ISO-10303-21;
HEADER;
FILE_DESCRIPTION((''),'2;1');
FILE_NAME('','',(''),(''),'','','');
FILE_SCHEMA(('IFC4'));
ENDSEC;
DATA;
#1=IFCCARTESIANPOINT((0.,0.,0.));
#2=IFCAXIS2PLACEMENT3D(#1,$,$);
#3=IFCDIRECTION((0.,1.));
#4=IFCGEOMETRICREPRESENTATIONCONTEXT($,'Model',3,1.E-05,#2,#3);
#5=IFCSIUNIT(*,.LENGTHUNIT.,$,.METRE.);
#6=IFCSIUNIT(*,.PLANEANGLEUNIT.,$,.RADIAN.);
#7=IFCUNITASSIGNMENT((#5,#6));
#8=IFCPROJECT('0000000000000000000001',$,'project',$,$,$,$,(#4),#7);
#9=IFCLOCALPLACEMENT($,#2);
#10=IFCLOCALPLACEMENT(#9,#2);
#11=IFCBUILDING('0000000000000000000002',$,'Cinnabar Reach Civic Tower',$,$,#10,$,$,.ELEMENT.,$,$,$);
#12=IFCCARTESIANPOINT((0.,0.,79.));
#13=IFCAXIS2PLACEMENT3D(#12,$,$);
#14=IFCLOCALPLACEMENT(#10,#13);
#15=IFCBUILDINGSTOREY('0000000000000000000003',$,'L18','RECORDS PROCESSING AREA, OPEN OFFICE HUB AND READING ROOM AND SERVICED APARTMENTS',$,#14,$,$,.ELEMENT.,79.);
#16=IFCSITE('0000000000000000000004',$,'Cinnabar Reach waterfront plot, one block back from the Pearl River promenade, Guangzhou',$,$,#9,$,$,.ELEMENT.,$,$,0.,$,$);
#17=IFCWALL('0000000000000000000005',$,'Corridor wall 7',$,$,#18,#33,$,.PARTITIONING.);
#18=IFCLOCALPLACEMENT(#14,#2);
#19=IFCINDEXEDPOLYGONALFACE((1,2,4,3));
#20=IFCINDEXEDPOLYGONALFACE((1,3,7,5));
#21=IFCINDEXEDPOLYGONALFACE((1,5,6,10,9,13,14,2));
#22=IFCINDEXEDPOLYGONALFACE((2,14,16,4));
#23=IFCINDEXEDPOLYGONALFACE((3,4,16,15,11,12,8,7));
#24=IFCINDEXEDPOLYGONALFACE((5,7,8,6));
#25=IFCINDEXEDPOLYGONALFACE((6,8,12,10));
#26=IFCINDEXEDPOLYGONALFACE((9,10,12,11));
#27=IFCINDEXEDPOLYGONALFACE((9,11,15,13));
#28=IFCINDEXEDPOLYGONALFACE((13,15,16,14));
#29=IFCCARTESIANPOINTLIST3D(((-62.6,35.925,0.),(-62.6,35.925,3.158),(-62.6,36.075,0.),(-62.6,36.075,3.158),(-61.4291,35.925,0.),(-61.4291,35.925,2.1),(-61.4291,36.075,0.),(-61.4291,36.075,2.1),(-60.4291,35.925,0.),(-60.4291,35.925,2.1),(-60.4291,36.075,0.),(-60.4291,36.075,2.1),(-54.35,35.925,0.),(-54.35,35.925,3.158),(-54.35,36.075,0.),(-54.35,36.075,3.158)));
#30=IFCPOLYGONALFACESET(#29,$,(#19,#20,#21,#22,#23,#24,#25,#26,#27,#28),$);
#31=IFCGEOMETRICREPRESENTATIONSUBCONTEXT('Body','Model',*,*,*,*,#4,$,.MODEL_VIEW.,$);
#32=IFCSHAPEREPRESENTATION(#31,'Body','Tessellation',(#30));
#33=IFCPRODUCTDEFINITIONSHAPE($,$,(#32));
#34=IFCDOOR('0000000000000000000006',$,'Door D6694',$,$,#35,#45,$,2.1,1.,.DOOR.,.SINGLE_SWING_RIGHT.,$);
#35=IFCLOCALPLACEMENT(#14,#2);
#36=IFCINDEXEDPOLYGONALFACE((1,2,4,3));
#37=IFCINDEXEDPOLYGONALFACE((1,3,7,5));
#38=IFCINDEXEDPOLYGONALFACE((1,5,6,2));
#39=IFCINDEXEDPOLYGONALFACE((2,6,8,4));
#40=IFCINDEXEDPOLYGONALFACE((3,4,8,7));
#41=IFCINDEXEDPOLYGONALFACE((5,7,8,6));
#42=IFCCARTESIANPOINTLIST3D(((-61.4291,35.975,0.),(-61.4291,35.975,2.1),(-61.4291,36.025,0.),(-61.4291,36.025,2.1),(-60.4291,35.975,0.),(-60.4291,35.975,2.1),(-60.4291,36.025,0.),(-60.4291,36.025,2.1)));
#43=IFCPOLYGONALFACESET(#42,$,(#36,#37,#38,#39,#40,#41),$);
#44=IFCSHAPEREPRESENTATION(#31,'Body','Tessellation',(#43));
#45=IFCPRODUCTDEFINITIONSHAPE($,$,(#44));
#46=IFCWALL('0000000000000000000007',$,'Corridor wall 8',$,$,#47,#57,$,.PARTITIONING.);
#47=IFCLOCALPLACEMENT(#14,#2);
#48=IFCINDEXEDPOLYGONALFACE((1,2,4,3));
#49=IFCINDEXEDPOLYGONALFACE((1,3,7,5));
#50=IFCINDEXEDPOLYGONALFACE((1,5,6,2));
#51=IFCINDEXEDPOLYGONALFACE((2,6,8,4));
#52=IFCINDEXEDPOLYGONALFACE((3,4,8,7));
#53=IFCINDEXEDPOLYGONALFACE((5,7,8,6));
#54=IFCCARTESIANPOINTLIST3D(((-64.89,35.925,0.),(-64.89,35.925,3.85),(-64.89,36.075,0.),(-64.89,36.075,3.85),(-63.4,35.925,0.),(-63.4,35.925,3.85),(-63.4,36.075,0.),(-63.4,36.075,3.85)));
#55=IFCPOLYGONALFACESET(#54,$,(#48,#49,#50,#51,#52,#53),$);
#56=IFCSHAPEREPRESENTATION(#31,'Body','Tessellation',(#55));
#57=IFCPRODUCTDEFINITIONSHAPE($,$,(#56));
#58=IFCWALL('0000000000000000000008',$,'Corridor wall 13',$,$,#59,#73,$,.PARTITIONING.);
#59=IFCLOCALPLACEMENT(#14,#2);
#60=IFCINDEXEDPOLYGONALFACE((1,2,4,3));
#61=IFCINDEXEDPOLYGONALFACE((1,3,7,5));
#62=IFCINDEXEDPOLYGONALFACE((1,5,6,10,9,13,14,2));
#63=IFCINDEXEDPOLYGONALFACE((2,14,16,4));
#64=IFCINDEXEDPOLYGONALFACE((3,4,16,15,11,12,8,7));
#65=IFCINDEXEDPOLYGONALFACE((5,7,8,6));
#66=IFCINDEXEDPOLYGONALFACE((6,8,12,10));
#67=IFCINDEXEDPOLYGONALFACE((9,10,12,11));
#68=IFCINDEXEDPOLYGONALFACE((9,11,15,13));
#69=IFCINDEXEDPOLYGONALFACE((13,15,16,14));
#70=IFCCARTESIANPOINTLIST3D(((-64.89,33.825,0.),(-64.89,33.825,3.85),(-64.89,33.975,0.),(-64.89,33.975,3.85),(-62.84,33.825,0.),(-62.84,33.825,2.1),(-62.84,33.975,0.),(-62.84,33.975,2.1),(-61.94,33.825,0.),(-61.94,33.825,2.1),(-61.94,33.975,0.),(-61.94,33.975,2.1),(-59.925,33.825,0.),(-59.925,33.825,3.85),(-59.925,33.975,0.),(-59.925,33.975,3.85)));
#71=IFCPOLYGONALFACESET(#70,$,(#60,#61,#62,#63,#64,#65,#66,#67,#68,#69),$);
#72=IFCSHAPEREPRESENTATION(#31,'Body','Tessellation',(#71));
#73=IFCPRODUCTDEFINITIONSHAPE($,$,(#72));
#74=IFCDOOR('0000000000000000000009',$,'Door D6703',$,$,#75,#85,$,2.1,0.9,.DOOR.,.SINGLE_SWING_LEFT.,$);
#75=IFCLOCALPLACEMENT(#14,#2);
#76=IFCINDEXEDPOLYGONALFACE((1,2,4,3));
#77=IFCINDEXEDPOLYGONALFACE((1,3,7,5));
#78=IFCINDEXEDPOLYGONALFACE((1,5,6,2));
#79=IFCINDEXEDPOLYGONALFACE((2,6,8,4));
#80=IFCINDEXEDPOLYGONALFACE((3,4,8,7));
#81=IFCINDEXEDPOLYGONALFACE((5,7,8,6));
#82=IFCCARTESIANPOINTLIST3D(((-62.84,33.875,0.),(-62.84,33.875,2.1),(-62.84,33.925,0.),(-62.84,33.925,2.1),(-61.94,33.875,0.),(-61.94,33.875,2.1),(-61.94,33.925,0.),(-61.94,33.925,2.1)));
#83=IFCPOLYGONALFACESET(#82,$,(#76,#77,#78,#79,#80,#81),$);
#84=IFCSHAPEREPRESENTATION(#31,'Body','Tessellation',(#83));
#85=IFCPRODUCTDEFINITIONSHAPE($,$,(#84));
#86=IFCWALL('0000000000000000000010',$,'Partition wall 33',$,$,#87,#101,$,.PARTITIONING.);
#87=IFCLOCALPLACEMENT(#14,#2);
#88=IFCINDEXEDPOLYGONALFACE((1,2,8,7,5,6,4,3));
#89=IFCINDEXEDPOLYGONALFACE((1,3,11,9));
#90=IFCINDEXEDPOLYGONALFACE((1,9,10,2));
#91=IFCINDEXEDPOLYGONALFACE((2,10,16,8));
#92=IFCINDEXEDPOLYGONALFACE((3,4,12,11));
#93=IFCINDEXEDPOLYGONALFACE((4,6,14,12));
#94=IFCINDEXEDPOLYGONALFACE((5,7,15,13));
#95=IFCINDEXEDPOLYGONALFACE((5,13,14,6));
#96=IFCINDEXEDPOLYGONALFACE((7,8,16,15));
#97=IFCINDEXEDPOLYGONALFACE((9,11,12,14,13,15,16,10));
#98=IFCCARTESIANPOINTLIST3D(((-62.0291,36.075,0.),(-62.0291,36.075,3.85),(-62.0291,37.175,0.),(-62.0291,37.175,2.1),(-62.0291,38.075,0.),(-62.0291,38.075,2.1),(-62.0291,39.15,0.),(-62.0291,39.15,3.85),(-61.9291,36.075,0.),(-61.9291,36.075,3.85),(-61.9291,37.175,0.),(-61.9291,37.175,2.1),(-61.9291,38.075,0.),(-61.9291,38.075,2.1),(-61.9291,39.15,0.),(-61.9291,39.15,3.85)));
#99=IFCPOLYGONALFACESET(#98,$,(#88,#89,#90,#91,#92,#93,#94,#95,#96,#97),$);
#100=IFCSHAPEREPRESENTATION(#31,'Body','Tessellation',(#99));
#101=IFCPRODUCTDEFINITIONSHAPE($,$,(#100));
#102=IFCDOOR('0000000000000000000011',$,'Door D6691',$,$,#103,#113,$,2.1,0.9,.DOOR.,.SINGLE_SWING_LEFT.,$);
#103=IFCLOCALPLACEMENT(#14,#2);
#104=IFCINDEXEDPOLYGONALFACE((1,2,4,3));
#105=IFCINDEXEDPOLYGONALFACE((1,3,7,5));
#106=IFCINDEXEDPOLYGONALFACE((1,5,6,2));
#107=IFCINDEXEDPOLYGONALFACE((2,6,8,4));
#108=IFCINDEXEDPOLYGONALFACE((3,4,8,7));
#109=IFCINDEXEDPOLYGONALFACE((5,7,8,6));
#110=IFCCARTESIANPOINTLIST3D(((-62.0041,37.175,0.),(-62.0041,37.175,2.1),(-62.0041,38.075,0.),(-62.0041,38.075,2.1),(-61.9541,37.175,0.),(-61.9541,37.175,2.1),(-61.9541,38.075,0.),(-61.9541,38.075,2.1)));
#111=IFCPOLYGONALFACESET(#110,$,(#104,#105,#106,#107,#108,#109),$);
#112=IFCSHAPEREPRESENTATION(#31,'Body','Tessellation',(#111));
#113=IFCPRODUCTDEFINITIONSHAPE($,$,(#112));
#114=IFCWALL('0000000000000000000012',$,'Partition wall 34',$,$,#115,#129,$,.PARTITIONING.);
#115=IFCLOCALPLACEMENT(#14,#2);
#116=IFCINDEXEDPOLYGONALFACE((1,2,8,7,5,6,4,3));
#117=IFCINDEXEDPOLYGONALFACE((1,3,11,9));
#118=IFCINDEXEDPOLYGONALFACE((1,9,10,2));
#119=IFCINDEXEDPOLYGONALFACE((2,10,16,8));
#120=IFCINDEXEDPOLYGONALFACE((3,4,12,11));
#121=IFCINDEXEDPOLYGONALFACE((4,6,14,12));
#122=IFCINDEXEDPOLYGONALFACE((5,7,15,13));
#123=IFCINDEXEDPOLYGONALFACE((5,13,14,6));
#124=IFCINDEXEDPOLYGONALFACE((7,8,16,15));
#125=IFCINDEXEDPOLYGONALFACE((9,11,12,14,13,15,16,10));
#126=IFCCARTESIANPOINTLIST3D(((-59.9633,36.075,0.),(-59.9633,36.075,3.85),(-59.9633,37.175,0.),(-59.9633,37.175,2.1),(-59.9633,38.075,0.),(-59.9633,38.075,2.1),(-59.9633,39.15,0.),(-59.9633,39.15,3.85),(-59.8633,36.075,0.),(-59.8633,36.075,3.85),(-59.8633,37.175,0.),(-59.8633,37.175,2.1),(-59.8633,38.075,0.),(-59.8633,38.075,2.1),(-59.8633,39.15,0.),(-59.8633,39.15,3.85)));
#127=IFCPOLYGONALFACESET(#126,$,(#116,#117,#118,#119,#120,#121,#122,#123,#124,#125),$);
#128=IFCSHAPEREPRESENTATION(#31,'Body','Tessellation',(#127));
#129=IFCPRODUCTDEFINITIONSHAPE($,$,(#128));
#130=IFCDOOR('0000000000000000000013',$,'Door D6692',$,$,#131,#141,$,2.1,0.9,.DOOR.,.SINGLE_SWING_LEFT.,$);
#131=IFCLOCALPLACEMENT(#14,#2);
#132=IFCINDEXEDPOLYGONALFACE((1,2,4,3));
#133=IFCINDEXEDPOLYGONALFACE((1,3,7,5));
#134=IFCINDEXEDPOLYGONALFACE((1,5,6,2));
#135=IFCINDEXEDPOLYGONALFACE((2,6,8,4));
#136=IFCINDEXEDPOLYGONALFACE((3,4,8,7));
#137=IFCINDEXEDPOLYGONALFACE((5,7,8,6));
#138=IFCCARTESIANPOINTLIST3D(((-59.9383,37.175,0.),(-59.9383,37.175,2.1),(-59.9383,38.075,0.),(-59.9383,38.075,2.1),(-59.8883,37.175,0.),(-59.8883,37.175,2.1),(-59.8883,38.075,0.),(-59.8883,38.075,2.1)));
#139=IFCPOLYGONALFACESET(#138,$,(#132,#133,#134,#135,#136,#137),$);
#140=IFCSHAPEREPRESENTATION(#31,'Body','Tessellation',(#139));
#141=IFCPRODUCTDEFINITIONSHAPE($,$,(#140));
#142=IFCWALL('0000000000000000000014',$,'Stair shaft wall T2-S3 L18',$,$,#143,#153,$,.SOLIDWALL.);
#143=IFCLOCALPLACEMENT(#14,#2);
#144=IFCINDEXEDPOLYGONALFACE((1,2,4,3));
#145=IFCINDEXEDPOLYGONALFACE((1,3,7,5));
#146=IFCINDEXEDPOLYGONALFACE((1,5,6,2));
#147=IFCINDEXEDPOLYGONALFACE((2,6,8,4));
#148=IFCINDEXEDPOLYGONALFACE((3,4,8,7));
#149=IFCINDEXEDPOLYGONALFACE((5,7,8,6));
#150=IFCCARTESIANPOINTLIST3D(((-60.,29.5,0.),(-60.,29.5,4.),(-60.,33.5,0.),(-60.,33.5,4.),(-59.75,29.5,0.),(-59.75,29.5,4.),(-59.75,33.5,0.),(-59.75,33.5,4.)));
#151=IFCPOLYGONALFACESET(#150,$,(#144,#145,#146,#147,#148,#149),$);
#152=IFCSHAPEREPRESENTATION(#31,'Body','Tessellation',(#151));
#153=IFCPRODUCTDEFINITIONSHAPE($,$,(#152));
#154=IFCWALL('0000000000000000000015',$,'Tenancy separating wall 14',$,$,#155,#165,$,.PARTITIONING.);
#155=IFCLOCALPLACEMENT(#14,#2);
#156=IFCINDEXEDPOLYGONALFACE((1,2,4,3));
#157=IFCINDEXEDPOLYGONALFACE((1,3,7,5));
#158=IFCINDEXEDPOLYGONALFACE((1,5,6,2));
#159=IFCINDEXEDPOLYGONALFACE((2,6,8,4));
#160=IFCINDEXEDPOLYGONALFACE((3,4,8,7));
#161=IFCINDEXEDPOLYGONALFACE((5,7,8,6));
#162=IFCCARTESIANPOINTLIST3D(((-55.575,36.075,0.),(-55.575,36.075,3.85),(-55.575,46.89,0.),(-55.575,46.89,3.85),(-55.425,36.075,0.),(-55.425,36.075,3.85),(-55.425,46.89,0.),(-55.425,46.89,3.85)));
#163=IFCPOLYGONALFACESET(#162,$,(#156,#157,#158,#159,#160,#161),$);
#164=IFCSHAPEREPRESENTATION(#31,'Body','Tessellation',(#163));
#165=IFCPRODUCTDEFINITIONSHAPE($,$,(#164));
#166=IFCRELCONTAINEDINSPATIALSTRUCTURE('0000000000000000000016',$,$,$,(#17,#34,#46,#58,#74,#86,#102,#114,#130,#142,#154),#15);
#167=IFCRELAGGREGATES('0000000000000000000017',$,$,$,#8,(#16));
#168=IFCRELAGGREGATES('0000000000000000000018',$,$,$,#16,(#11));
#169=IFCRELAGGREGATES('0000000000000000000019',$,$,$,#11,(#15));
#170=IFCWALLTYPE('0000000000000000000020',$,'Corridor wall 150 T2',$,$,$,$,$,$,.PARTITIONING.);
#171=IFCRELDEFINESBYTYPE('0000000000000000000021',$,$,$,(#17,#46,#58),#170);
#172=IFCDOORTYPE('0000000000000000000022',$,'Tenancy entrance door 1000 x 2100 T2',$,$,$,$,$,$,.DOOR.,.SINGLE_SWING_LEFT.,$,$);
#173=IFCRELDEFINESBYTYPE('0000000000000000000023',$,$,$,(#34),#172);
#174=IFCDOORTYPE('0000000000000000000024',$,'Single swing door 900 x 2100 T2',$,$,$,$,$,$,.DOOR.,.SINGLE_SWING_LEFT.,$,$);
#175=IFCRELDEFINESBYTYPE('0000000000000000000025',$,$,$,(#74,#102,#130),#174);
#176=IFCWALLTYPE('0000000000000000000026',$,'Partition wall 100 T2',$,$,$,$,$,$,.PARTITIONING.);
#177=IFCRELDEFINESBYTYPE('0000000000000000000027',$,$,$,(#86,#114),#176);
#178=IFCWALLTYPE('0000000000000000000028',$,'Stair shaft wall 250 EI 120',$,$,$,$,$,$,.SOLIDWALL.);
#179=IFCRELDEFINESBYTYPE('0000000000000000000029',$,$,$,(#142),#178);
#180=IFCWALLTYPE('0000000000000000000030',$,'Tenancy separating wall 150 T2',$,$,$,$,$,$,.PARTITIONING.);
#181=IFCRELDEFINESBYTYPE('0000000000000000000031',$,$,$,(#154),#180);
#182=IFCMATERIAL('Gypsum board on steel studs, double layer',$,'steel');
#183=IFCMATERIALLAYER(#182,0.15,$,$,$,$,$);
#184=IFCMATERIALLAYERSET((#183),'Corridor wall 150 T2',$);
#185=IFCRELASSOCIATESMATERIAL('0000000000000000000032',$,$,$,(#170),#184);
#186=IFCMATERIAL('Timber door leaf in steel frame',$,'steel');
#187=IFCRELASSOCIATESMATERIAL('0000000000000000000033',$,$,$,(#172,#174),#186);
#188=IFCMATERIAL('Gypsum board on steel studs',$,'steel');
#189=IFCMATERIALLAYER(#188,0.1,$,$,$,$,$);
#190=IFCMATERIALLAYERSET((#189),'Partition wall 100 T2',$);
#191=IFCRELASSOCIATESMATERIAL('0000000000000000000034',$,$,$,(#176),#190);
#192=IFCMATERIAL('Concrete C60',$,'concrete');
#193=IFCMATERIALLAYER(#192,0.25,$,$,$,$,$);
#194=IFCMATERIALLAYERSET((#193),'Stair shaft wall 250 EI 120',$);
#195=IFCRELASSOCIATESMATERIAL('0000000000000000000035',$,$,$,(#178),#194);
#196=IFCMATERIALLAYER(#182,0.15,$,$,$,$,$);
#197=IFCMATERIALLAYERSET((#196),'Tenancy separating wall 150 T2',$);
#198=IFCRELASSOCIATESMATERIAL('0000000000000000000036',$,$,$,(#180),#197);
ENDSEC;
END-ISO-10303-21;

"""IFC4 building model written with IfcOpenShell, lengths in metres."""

from ifc_helpers import new_model, si_unit, direction, frame, frame_2d, origin, place, context, subcontext, project, spatial, rectangle, extrude, material, layer, layer_set, type_object, element, fill, save


model = new_model("IFC4")

# Units and contexts
model_context = context("Model", 3, precision=1e-05, world=origin(), true_north=direction((0.0, 1.0)))
body_context = subcontext(model_context, "Body", "Model", "MODEL_VIEW")
ifc_project = project(units=[si_unit("LENGTHUNIT", "METRE"), si_unit("PLANEANGLEUNIT", "RADIAN")], contexts=[model_context])

# Site, building, storey
site_placement = place(None, origin())
site = spatial("IfcSite", under=ifc_project, at=site_placement, Name="Cinnabar Reach waterfront plot, one block back from the Pearl River promenade, Guangzhou", CompositionType="ELEMENT", RefElevation=0.0)
building_placement = place(site_placement, origin())
building = spatial("IfcBuilding", under=site, at=building_placement, Name="Cinnabar Reach Civic Tower", CompositionType="ELEMENT")
storey_placement = place(building_placement, frame((0.0, 0.0, 79.0)))
storey = spatial("IfcBuildingStorey", under=building, at=storey_placement, Name="L18", Description="RECORDS PROCESSING AREA, OPEN OFFICE HUB AND READING ROOM AND SERVICED APARTMENTS", CompositionType="ELEMENT", Elevation=79.0)

# Shared definitions
ifc_material_1 = material(Name="Concrete C60", Category="concrete")

# Wall, opening, door
ifc_material_2 = material(Name="Gypsum board on steel studs, double layer", Category="steel")
ifc_layer_1 = layer(ifc_material_2, 0.15)
ifc_layer_set_1 = layer_set([ifc_layer_1], Name="Corridor wall 150 T2")
wall_type_1 = type_object("IfcWallType", Name="Corridor wall 150 T2", PredefinedType="PARTITIONING", material=ifc_layer_set_1)
wall_1_placement = place(storey_placement, frame((-62.6, 36.0, 0.0), z_axis=(0.0, 0.0, 1.0), x_axis=(1.0, 0.0, 0.0)))
wall_1 = element("IfcWall", 1, at=wall_1_placement, inside=storey, type_object=wall_type_1, Name="Corridor wall 7", PredefinedType="PARTITIONING", context=body_context, shape_type="SweptSolid", body=[
    extrude(rectangle(XDim=8.25, YDim=0.15, at=frame_2d((4.125, 0.0))), origin(), (0.0, 0.0, 1.0), 3.158),
])
opening_1_placement = place(wall_1_placement, frame((1.1709, 0.0, 0.0)))
opening_1 = element("IfcOpeningElement", 2, at=opening_1_placement, cuts=wall_1, PredefinedType="OPENING", context=body_context, shape_type="SweptSolid", body=[
    extrude(rectangle(XDim=1.0, YDim=2.1, at=frame_2d((0.5, 1.05))), frame((0.0, 0.085, 0.0), z_axis=(0.0, -1.0, 0.0), x_axis=(1.0, 0.0, 0.0)), (0.0, 0.0, 1.0), 0.17),
])
ifc_material_3 = material(Name="Timber door leaf in steel frame", Category="steel")
door_type_1 = type_object("IfcDoorType", Name="Tenancy entrance door 1000 x 2100 T2", OperationType="SINGLE_SWING_LEFT", PredefinedType="DOOR", material=ifc_material_3)
door_1_placement = place(opening_1_placement, origin())
door_1 = element("IfcDoor", 3, at=door_1_placement, inside=storey, type_object=door_type_1, Name="Door D6694", OperationType="SINGLE_SWING_RIGHT", OverallHeight=2.1, OverallWidth=1.0, PredefinedType="DOOR", context=body_context, shape_type="SweptSolid", body=[
    extrude(rectangle(XDim=1.0, YDim=2.1, at=frame_2d((0.5, 1.05))), frame((0.0, 0.025, 0.0), z_axis=(0.0, -1.0, 0.0), x_axis=(1.0, 0.0, 0.0)), (0.0, 0.0, 1.0), 0.05),
])
fill(opening_1, door_1)

# Wall
wall_2_placement = place(storey_placement, frame((-64.89, 36.0, 0.0), z_axis=(0.0, 0.0, 1.0), x_axis=(1.0, 0.0, 0.0)))
element("IfcWall", 4, at=wall_2_placement, inside=storey, type_object=wall_type_1, Name="Corridor wall 8", PredefinedType="PARTITIONING", context=body_context, shape_type="SweptSolid", body=[
    extrude(rectangle(XDim=1.49, YDim=0.15, at=frame_2d((0.745, 0.0))), origin(), (0.0, 0.0, 1.0), 3.85),
])

# Walls, openings, doors
wall_3_placement = place(storey_placement, frame((-64.89, 33.9, 0.0), z_axis=(0.0, 0.0, 1.0), x_axis=(1.0, 0.0, 0.0)))
wall_3 = element("IfcWall", 5, at=wall_3_placement, inside=storey, type_object=wall_type_1, Name="Corridor wall 13", PredefinedType="PARTITIONING", context=body_context, shape_type="SweptSolid", body=[
    extrude(rectangle(XDim=4.965, YDim=0.15, at=frame_2d((2.4825, 0.0))), origin(), (0.0, 0.0, 1.0), 3.85),
])
opening_2_placement = place(wall_3_placement, frame((2.05, 0.0, 0.0)))
opening_2 = element("IfcOpeningElement", 6, at=opening_2_placement, cuts=wall_3, PredefinedType="OPENING", context=body_context, shape_type="SweptSolid", body=[
    extrude(rectangle(XDim=0.9, YDim=2.1, at=frame_2d((0.45, 1.05))), frame((0.0, 0.085, 0.0), z_axis=(0.0, -1.0, 0.0), x_axis=(1.0, 0.0, 0.0)), (0.0, 0.0, 1.0), 0.17),
])
door_type_2 = type_object("IfcDoorType", Name="Single swing door 900 x 2100 T2", OperationType="SINGLE_SWING_LEFT", PredefinedType="DOOR", material=ifc_material_3)
door_2_placement = place(opening_2_placement, frame((0.9, 0.0, 0.0), z_axis=(0.0, 0.0, 1.0), x_axis=(-1.0, 0.0, 0.0)))
door_2 = element("IfcDoor", 7, at=door_2_placement, inside=storey, type_object=door_type_2, Name="Door D6703", OperationType="SINGLE_SWING_LEFT", OverallHeight=2.1, OverallWidth=0.9, PredefinedType="DOOR", context=body_context, shape_type="SweptSolid", body=[
    extrude(rectangle(XDim=0.9, YDim=2.1, at=frame_2d((0.45, 1.05))), frame((0.0, 0.025, 0.0), z_axis=(0.0, -1.0, 0.0), x_axis=(1.0, 0.0, 0.0)), (0.0, 0.0, 1.0), 0.05),
])
fill(opening_2, door_2)
ifc_material_4 = material(Name="Gypsum board on steel studs", Category="steel")
ifc_layer_2 = layer(ifc_material_4, 0.1)
ifc_layer_set_2 = layer_set([ifc_layer_2], Name="Partition wall 100 T2")
wall_type_2 = type_object("IfcWallType", Name="Partition wall 100 T2", PredefinedType="PARTITIONING", material=ifc_layer_set_2)
wall_4_placement = place(storey_placement, frame((-61.9791, 36.075, 0.0), z_axis=(0.0, 0.0, 1.0), x_axis=(0.0, 1.0, 0.0)))
wall_4 = element("IfcWall", 8, at=wall_4_placement, inside=storey, type_object=wall_type_2, Name="Partition wall 33", PredefinedType="PARTITIONING", context=body_context, shape_type="SweptSolid", body=[
    extrude(rectangle(XDim=3.075, YDim=0.1, at=frame_2d((1.5375, 0.0))), origin(), (0.0, 0.0, 1.0), 3.85),
])
opening_3_placement = place(wall_4_placement, frame((1.1, 0.0, 0.0)))
opening_3 = element("IfcOpeningElement", 9, at=opening_3_placement, cuts=wall_4, PredefinedType="OPENING", context=body_context, shape_type="SweptSolid", body=[
    extrude(rectangle(XDim=0.9, YDim=2.1, at=frame_2d((0.45, 1.05))), frame((0.0, 0.06, 0.0), z_axis=(0.0, -1.0, 0.0), x_axis=(1.0, 0.0, 0.0)), (0.0, 0.0, 1.0), 0.12),
])
door_3_placement = place(opening_3_placement, origin())
door_3 = element("IfcDoor", 10, at=door_3_placement, inside=storey, type_object=door_type_2, Name="Door D6691", OperationType="SINGLE_SWING_LEFT", OverallHeight=2.1, OverallWidth=0.9, PredefinedType="DOOR", context=body_context, shape_type="SweptSolid", body=[
    extrude(rectangle(XDim=0.9, YDim=2.1, at=frame_2d((0.45, 1.05))), frame((0.0, 0.025, 0.0), z_axis=(0.0, -1.0, 0.0), x_axis=(1.0, 0.0, 0.0)), (0.0, 0.0, 1.0), 0.05),
])
fill(opening_3, door_3)
wall_5_placement = place(storey_placement, frame((-59.9133, 36.075, 0.0), z_axis=(0.0, 0.0, 1.0), x_axis=(0.0, 1.0, 0.0)))
wall_5 = element("IfcWall", 11, at=wall_5_placement, inside=storey, type_object=wall_type_2, Name="Partition wall 34", PredefinedType="PARTITIONING", context=body_context, shape_type="SweptSolid", body=[
    extrude(rectangle(XDim=3.075, YDim=0.1, at=frame_2d((1.5375, 0.0))), origin(), (0.0, 0.0, 1.0), 3.85),
])
opening_4_placement = place(wall_5_placement, frame((1.1, 0.0, 0.0)))
opening_4 = element("IfcOpeningElement", 12, at=opening_4_placement, cuts=wall_5, PredefinedType="OPENING", context=body_context, shape_type="SweptSolid", body=[
    extrude(rectangle(XDim=0.9, YDim=2.1, at=frame_2d((0.45, 1.05))), frame((0.0, 0.06, 0.0), z_axis=(0.0, -1.0, 0.0), x_axis=(1.0, 0.0, 0.0)), (0.0, 0.0, 1.0), 0.12),
])
door_4_placement = place(opening_4_placement, origin())
door_4 = element("IfcDoor", 13, at=door_4_placement, inside=storey, type_object=door_type_2, Name="Door D6692", OperationType="SINGLE_SWING_LEFT", OverallHeight=2.1, OverallWidth=0.9, PredefinedType="DOOR", context=body_context, shape_type="SweptSolid", body=[
    extrude(rectangle(XDim=0.9, YDim=2.1, at=frame_2d((0.45, 1.05))), frame((0.0, 0.025, 0.0), z_axis=(0.0, -1.0, 0.0), x_axis=(1.0, 0.0, 0.0)), (0.0, 0.0, 1.0), 0.05),
])
fill(opening_4, door_4)

# Walls
ifc_layer_3 = layer(ifc_material_1, 0.25)
ifc_layer_set_3 = layer_set([ifc_layer_3], Name="Stair shaft wall 250 EI 120")
wall_type_3 = type_object("IfcWallType", Name="Stair shaft wall 250 EI 120", PredefinedType="SOLIDWALL", material=ifc_layer_set_3)
wall_6_placement = place(storey_placement, frame((-59.875, 33.5, 0.0), z_axis=(0.0, 0.0, 1.0), x_axis=(0.0, -1.0, 0.0)))
element("IfcWall", 14, at=wall_6_placement, inside=storey, type_object=wall_type_3, Name="Stair shaft wall T2-S3 L18", PredefinedType="SOLIDWALL", context=body_context, shape_type="SweptSolid", body=[
    extrude(rectangle(XDim=4.0, YDim=0.25, at=frame_2d((2.0, 0.0))), origin(), (0.0, 0.0, 1.0), 4.0),
])
ifc_layer_4 = layer(ifc_material_2, 0.15)
ifc_layer_set_4 = layer_set([ifc_layer_4], Name="Tenancy separating wall 150 T2")
wall_type_4 = type_object("IfcWallType", Name="Tenancy separating wall 150 T2", PredefinedType="PARTITIONING", material=ifc_layer_set_4)
wall_7_placement = place(storey_placement, frame((-55.5, 36.075, 0.0), z_axis=(0.0, 0.0, 1.0), x_axis=(0.0, 1.0, 0.0)))
element("IfcWall", 15, at=wall_7_placement, inside=storey, type_object=wall_type_4, Name="Tenancy separating wall 14", PredefinedType="PARTITIONING", context=body_context, shape_type="SweptSolid", body=[
    extrude(rectangle(XDim=10.815, YDim=0.15, at=frame_2d((5.4075, 0.0))), origin(), (0.0, 0.0, 1.0), 3.85),
])

save(model, "model.ifc")
